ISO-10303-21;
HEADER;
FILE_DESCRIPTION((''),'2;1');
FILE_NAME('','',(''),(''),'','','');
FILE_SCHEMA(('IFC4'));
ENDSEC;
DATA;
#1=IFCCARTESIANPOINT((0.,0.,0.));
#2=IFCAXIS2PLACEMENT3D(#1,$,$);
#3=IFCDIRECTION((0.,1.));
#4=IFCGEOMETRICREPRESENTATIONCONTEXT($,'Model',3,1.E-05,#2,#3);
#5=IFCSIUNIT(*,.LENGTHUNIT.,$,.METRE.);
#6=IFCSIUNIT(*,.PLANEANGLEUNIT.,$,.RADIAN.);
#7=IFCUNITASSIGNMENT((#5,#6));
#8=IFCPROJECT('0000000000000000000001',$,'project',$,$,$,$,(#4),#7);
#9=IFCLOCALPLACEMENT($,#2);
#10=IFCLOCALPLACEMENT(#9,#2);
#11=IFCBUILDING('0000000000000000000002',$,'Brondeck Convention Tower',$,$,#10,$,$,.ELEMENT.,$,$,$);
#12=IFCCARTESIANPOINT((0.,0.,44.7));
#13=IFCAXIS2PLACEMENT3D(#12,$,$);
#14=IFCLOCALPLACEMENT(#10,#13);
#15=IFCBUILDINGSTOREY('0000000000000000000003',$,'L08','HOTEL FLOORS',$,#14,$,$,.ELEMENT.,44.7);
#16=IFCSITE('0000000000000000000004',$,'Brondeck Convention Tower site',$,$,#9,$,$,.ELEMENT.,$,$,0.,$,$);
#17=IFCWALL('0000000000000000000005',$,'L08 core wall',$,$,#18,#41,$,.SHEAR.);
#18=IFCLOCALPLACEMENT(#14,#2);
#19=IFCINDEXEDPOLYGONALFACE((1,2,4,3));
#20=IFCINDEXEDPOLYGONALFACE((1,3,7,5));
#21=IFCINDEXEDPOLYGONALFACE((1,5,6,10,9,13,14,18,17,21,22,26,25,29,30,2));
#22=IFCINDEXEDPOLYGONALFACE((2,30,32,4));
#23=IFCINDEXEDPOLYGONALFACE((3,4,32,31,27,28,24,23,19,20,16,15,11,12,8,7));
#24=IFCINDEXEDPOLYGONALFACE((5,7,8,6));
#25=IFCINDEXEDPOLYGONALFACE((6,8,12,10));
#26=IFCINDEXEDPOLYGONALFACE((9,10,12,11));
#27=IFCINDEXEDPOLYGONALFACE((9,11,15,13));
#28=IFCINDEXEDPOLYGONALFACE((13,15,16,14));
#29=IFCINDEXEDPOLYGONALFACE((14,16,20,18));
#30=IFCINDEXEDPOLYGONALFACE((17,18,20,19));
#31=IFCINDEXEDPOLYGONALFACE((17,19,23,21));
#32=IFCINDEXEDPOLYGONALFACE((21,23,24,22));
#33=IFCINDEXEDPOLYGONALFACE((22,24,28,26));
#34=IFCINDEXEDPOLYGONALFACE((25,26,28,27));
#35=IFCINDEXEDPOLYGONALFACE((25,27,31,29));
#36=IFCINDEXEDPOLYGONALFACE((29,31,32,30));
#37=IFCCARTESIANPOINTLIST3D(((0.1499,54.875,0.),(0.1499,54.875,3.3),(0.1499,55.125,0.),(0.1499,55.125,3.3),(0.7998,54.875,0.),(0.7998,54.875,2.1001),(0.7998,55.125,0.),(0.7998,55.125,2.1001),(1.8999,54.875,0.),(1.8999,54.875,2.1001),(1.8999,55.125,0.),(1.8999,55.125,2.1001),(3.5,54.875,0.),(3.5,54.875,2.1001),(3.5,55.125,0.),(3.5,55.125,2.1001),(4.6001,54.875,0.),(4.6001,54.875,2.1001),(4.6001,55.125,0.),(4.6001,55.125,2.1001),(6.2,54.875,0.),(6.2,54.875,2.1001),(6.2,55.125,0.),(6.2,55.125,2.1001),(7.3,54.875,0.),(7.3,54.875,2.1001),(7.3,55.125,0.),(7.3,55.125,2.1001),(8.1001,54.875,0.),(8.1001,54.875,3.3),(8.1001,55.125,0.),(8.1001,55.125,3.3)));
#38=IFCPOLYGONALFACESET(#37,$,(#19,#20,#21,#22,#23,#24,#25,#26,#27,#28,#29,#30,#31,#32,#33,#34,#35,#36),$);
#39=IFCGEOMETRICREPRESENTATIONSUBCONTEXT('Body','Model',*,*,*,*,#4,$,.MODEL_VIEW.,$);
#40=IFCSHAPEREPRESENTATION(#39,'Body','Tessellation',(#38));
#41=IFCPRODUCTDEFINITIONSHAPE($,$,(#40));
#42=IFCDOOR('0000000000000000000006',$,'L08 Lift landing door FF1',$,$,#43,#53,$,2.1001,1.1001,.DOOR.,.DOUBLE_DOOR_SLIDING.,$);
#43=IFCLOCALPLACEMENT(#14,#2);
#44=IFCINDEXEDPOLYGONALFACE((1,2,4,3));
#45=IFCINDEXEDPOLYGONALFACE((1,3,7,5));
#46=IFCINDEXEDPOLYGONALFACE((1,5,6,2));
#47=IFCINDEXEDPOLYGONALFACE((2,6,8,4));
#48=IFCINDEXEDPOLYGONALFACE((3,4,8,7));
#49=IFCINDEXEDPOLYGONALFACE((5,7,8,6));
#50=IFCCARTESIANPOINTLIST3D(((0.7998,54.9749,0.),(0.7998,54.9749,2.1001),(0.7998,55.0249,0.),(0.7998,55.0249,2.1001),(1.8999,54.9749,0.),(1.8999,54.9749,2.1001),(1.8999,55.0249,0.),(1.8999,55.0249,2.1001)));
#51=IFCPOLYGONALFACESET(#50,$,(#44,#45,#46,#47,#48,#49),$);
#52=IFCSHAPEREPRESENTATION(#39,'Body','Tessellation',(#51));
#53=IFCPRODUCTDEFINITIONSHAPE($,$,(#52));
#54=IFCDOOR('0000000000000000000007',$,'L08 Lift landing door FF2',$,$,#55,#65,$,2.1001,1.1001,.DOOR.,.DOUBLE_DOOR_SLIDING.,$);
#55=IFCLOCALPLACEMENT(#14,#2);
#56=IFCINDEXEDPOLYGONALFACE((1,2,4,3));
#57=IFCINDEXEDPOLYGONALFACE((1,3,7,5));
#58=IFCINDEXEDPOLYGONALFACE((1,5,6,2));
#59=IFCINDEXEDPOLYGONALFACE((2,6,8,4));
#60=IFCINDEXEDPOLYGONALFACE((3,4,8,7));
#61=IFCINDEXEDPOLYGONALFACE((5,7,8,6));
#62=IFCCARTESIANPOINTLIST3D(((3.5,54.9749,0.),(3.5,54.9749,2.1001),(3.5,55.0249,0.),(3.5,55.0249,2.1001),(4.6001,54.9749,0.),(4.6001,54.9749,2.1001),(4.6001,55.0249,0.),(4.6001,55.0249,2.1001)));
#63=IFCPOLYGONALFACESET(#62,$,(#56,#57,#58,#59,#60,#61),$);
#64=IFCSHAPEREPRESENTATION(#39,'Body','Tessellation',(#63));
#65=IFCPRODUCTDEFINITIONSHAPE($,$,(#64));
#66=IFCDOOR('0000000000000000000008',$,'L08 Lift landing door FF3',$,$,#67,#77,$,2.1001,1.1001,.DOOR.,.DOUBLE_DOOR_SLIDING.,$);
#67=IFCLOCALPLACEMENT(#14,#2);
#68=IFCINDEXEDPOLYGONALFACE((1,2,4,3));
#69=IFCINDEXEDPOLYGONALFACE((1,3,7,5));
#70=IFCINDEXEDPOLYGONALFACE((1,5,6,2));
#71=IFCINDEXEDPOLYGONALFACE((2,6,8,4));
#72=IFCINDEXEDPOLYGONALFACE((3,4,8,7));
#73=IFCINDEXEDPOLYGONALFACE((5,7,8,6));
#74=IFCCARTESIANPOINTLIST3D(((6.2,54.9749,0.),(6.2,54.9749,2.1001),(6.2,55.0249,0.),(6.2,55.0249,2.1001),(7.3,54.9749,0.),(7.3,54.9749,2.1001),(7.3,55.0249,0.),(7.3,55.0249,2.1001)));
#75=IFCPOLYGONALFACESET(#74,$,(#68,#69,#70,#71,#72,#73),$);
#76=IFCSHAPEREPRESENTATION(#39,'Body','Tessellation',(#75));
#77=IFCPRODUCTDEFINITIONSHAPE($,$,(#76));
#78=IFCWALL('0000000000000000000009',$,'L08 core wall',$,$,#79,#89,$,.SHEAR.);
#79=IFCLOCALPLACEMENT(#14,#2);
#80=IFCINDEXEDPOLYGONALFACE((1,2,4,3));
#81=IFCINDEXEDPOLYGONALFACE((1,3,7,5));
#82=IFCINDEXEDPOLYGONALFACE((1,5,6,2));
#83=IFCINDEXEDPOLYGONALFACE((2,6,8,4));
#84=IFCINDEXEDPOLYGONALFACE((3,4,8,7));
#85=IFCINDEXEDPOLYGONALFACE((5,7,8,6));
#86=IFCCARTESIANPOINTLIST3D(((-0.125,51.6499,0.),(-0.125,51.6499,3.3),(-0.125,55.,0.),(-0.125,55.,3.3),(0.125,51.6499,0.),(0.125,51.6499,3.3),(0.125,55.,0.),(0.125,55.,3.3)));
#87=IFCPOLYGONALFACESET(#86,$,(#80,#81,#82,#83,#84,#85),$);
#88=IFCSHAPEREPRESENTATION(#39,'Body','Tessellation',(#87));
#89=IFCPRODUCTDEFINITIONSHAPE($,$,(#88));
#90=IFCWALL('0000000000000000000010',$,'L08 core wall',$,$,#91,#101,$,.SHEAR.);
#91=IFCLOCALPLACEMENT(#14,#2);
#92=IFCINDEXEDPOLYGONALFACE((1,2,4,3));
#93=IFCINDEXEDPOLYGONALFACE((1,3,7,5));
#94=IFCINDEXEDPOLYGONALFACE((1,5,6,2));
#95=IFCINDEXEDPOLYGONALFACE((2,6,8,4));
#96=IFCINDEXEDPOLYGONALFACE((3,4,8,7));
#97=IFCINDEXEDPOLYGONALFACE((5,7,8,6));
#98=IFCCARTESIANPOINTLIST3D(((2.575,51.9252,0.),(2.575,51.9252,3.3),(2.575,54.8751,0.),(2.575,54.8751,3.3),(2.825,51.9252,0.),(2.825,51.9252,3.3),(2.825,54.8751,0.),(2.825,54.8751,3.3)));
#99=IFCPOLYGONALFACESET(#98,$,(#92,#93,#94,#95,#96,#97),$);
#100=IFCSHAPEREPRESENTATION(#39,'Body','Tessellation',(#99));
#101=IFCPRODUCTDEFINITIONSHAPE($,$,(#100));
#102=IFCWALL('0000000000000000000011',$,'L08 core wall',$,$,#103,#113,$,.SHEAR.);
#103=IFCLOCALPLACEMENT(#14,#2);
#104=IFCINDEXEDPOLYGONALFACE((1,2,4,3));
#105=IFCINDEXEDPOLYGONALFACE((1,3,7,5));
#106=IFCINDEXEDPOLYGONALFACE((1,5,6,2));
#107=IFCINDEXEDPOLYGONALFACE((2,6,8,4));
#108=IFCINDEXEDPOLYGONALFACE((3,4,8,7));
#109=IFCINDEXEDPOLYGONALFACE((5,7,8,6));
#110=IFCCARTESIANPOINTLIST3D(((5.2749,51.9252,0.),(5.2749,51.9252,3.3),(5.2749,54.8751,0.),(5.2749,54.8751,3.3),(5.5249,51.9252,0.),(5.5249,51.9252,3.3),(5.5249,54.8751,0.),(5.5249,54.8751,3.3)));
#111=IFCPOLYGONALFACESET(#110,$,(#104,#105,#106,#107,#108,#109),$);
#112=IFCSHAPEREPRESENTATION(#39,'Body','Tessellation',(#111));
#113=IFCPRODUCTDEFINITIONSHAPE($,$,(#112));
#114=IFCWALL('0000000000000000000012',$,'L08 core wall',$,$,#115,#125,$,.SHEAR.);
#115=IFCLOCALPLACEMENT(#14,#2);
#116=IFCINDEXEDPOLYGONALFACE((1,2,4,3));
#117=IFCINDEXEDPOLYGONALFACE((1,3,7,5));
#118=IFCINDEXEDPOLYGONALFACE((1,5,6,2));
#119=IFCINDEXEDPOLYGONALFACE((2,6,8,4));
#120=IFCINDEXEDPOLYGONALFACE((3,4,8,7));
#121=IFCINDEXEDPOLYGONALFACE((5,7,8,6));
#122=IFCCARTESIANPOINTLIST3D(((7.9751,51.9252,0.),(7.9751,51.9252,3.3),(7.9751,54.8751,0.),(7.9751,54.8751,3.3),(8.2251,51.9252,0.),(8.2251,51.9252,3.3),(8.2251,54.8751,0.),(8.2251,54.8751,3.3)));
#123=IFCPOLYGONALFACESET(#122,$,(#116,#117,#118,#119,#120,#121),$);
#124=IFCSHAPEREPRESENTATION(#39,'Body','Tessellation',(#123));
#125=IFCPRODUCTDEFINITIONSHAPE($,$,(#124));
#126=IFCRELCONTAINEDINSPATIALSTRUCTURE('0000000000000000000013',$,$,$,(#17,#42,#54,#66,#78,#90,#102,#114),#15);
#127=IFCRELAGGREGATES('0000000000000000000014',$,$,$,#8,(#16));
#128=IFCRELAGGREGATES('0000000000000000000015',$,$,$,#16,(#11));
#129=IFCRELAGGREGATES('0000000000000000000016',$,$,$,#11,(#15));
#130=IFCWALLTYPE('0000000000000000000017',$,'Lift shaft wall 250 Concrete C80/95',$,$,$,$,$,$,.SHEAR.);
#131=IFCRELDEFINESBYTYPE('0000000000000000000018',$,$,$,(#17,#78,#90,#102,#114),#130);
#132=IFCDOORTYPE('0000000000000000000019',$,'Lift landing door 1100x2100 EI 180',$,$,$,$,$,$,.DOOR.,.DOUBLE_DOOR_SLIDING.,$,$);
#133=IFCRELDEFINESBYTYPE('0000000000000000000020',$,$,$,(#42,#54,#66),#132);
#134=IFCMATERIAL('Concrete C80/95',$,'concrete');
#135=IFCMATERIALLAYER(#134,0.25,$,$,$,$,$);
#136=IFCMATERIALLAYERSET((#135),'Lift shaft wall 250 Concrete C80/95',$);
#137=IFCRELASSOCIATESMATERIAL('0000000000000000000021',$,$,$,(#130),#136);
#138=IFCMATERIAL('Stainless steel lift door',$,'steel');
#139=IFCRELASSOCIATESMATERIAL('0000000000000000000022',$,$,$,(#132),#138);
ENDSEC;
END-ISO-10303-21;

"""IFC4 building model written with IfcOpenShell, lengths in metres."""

from ifc_helpers import new_model, si_unit, direction, frame, frame_2d, origin, place, context, subcontext, project, spatial, rectangle, extrude, material, layer, layer_set, type_object, element, fill, save


model = new_model("IFC4")

# Units and contexts
model_context = context("Model", 3, precision=1e-05, world=origin(), true_north=direction((0.0, 1.0)))
body_context = subcontext(model_context, "Body", "Model", "MODEL_VIEW")
ifc_project = project(units=[si_unit("LENGTHUNIT", "METRE"), si_unit("PLANEANGLEUNIT", "RADIAN")], contexts=[model_context])

# Site, building, storey
site_placement = place(None, origin())
site = spatial("IfcSite", under=ifc_project, at=site_placement, Name="Brondeck Convention Tower site", CompositionType="ELEMENT", RefElevation=0.0)
building_placement = place(site_placement, origin())
building = spatial("IfcBuilding", under=site, at=building_placement, Name="Brondeck Convention Tower", CompositionType="ELEMENT")
storey_placement = place(building_placement, frame((0.0, 0.0, 44.7)))
storey = spatial("IfcBuildingStorey", under=building, at=storey_placement, Name="L08", Description="HOTEL FLOORS", CompositionType="ELEMENT", Elevation=44.7)

# Shared definitions
ifc_material_1 = material(Name="Concrete C80/95", Category="concrete")

# Shared definitions
ifc_layer_1 = layer(ifc_material_1, 0.25)
ifc_layer_set_1 = layer_set([ifc_layer_1], Name="Lift shaft wall 250 Concrete C80/95")
wall_type_1 = type_object("IfcWallType", Name="Lift shaft wall 250 Concrete C80/95", PredefinedType="SHEAR", material=ifc_layer_set_1)

# Wall, openings, doors
wall_1_placement = place(storey_placement, frame((0.1499, 55.0, 0.0), z_axis=(0.0, 0.0, 1.0), x_axis=(1.0, 0.0, 0.0)))
wall_1 = element("IfcWall", 1, at=wall_1_placement, inside=storey, type_object=wall_type_1, Name="L08 core wall", PredefinedType="SHEAR", context=body_context, shape_type="SweptSolid", body=[
    extrude(rectangle(XDim=7.9502, YDim=0.25, at=frame_2d((3.9751, 0.0))), origin(), (0.0, 0.0, 1.0), 3.3),
])
opening_1_placement = place(wall_1_placement, frame((0.6499, 0.0, 0.0)))
opening_1 = element("IfcOpeningElement", 2, at=opening_1_placement, cuts=wall_1, PredefinedType="OPENING", context=body_context, shape_type="SweptSolid", body=[
    extrude(rectangle(XDim=1.1001, YDim=2.1001, at=frame_2d((0.55, 1.05))), frame((0.0, 0.135, 0.0), z_axis=(0.0, -1.0, 0.0), x_axis=(1.0, 0.0, 0.0)), (0.0, 0.0, 1.0), 0.27),
])
opening_2_placement = place(wall_1_placement, frame((3.3501, 0.0, 0.0)))
opening_2 = element("IfcOpeningElement", 3, at=opening_2_placement, cuts=wall_1, PredefinedType="OPENING", context=body_context, shape_type="SweptSolid", body=[
    extrude(rectangle(XDim=1.1001, YDim=2.1001, at=frame_2d((0.55, 1.05))), frame((0.0, 0.135, 0.0), z_axis=(0.0, -1.0, 0.0), x_axis=(1.0, 0.0, 0.0)), (0.0, 0.0, 1.0), 0.27),
])
opening_3_placement = place(wall_1_placement, frame((6.05, 0.0, 0.0)))
opening_3 = element("IfcOpeningElement", 4, at=opening_3_placement, cuts=wall_1, PredefinedType="OPENING", context=body_context, shape_type="SweptSolid", body=[
    extrude(rectangle(XDim=1.1001, YDim=2.1001, at=frame_2d((0.55, 1.05))), frame((0.0, 0.135, 0.0), z_axis=(0.0, -1.0, 0.0), x_axis=(1.0, 0.0, 0.0)), (0.0, 0.0, 1.0), 0.27),
])
ifc_material_2 = material(Name="Stainless steel lift door", Category="steel")
door_type = type_object("IfcDoorType", Name="Lift landing door 1100x2100 EI 180", OperationType="DOUBLE_DOOR_SLIDING", PredefinedType="DOOR", material=ifc_material_2)
door_1_placement = place(opening_1_placement, origin())
door_1 = element("IfcDoor", 5, at=door_1_placement, inside=storey, type_object=door_type, Name="L08 Lift landing door FF1", OperationType="DOUBLE_DOOR_SLIDING", OverallHeight=2.1001, OverallWidth=1.1001, PredefinedType="DOOR", context=body_context, shape_type="SweptSolid", body=[
    extrude(rectangle(XDim=1.1001, YDim=2.1001, at=frame_2d((0.55, 1.05))), frame((0.0, 0.0249, 0.0), z_axis=(0.0, -1.0, 0.0), x_axis=(1.0, 0.0, 0.0)), (0.0, 0.0, 1.0), 0.05),
])
fill(opening_1, door_1)
door_2_placement = place(opening_2_placement, origin())
door_2 = element("IfcDoor", 6, at=door_2_placement, inside=storey, type_object=door_type, Name="L08 Lift landing door FF2", OperationType="DOUBLE_DOOR_SLIDING", OverallHeight=2.1001, OverallWidth=1.1001, PredefinedType="DOOR", context=body_context, shape_type="SweptSolid", body=[
    extrude(rectangle(XDim=1.1001, YDim=2.1001, at=frame_2d((0.55, 1.05))), frame((0.0, 0.0249, 0.0), z_axis=(0.0, -1.0, 0.0), x_axis=(1.0, 0.0, 0.0)), (0.0, 0.0, 1.0), 0.05),
])
fill(opening_2, door_2)
door_3_placement = place(opening_3_placement, origin())
door_3 = element("IfcDoor", 7, at=door_3_placement, inside=storey, type_object=door_type, Name="L08 Lift landing door FF3", OperationType="DOUBLE_DOOR_SLIDING", OverallHeight=2.1001, OverallWidth=1.1001, PredefinedType="DOOR", context=body_context, shape_type="SweptSolid", body=[
    extrude(rectangle(XDim=1.1001, YDim=2.1001, at=frame_2d((0.55, 1.05))), frame((0.0, 0.0249, 0.0), z_axis=(0.0, -1.0, 0.0), x_axis=(1.0, 0.0, 0.0)), (0.0, 0.0, 1.0), 0.05),
])
fill(opening_3, door_3)

# Walls
wall_2_placement = place(storey_placement, frame((0.0, 51.6499, 0.0), z_axis=(0.0, 0.0, 1.0), x_axis=(0.0, 1.0, 0.0)))
element("IfcWall", 8, at=wall_2_placement, inside=storey, type_object=wall_type_1, Name="L08 core wall", PredefinedType="SHEAR", context=body_context, shape_type="SweptSolid", body=[
    extrude(rectangle(XDim=3.3501, YDim=0.25, at=frame_2d((1.675, 0.0))), origin(), (0.0, 0.0, 1.0), 3.3),
])
for number, where, z_axis, x_axis, name in (
    (9, (2.7, 51.925, 0.0), (0.0, 0.0, 1.0), (0.0, 1.0, 0.0), "L08 core wall"),
    (10, (5.3999, 51.925, 0.0), (0.0, 0.0, 1.0), (0.0, 1.0, 0.0), "L08 core wall"),
    (11, (8.1001, 51.925, 0.0), (0.0, 0.0, 1.0), (0.0, 1.0, 0.0), "L08 core wall"),
):
    element("IfcWall", number, at=place(storey_placement, frame(where, z_axis=z_axis, x_axis=x_axis)), inside=storey, type_object=wall_type_1, Name=name, PredefinedType="SHEAR", context=body_context, shape_type="SweptSolid", body=[
        extrude(rectangle(XDim=2.95, YDim=0.25, at=frame_2d((1.4751, 0.0))), origin(), (0.0, 0.0, 1.0), 3.3),
    ])

save(model, "model.ifc")
